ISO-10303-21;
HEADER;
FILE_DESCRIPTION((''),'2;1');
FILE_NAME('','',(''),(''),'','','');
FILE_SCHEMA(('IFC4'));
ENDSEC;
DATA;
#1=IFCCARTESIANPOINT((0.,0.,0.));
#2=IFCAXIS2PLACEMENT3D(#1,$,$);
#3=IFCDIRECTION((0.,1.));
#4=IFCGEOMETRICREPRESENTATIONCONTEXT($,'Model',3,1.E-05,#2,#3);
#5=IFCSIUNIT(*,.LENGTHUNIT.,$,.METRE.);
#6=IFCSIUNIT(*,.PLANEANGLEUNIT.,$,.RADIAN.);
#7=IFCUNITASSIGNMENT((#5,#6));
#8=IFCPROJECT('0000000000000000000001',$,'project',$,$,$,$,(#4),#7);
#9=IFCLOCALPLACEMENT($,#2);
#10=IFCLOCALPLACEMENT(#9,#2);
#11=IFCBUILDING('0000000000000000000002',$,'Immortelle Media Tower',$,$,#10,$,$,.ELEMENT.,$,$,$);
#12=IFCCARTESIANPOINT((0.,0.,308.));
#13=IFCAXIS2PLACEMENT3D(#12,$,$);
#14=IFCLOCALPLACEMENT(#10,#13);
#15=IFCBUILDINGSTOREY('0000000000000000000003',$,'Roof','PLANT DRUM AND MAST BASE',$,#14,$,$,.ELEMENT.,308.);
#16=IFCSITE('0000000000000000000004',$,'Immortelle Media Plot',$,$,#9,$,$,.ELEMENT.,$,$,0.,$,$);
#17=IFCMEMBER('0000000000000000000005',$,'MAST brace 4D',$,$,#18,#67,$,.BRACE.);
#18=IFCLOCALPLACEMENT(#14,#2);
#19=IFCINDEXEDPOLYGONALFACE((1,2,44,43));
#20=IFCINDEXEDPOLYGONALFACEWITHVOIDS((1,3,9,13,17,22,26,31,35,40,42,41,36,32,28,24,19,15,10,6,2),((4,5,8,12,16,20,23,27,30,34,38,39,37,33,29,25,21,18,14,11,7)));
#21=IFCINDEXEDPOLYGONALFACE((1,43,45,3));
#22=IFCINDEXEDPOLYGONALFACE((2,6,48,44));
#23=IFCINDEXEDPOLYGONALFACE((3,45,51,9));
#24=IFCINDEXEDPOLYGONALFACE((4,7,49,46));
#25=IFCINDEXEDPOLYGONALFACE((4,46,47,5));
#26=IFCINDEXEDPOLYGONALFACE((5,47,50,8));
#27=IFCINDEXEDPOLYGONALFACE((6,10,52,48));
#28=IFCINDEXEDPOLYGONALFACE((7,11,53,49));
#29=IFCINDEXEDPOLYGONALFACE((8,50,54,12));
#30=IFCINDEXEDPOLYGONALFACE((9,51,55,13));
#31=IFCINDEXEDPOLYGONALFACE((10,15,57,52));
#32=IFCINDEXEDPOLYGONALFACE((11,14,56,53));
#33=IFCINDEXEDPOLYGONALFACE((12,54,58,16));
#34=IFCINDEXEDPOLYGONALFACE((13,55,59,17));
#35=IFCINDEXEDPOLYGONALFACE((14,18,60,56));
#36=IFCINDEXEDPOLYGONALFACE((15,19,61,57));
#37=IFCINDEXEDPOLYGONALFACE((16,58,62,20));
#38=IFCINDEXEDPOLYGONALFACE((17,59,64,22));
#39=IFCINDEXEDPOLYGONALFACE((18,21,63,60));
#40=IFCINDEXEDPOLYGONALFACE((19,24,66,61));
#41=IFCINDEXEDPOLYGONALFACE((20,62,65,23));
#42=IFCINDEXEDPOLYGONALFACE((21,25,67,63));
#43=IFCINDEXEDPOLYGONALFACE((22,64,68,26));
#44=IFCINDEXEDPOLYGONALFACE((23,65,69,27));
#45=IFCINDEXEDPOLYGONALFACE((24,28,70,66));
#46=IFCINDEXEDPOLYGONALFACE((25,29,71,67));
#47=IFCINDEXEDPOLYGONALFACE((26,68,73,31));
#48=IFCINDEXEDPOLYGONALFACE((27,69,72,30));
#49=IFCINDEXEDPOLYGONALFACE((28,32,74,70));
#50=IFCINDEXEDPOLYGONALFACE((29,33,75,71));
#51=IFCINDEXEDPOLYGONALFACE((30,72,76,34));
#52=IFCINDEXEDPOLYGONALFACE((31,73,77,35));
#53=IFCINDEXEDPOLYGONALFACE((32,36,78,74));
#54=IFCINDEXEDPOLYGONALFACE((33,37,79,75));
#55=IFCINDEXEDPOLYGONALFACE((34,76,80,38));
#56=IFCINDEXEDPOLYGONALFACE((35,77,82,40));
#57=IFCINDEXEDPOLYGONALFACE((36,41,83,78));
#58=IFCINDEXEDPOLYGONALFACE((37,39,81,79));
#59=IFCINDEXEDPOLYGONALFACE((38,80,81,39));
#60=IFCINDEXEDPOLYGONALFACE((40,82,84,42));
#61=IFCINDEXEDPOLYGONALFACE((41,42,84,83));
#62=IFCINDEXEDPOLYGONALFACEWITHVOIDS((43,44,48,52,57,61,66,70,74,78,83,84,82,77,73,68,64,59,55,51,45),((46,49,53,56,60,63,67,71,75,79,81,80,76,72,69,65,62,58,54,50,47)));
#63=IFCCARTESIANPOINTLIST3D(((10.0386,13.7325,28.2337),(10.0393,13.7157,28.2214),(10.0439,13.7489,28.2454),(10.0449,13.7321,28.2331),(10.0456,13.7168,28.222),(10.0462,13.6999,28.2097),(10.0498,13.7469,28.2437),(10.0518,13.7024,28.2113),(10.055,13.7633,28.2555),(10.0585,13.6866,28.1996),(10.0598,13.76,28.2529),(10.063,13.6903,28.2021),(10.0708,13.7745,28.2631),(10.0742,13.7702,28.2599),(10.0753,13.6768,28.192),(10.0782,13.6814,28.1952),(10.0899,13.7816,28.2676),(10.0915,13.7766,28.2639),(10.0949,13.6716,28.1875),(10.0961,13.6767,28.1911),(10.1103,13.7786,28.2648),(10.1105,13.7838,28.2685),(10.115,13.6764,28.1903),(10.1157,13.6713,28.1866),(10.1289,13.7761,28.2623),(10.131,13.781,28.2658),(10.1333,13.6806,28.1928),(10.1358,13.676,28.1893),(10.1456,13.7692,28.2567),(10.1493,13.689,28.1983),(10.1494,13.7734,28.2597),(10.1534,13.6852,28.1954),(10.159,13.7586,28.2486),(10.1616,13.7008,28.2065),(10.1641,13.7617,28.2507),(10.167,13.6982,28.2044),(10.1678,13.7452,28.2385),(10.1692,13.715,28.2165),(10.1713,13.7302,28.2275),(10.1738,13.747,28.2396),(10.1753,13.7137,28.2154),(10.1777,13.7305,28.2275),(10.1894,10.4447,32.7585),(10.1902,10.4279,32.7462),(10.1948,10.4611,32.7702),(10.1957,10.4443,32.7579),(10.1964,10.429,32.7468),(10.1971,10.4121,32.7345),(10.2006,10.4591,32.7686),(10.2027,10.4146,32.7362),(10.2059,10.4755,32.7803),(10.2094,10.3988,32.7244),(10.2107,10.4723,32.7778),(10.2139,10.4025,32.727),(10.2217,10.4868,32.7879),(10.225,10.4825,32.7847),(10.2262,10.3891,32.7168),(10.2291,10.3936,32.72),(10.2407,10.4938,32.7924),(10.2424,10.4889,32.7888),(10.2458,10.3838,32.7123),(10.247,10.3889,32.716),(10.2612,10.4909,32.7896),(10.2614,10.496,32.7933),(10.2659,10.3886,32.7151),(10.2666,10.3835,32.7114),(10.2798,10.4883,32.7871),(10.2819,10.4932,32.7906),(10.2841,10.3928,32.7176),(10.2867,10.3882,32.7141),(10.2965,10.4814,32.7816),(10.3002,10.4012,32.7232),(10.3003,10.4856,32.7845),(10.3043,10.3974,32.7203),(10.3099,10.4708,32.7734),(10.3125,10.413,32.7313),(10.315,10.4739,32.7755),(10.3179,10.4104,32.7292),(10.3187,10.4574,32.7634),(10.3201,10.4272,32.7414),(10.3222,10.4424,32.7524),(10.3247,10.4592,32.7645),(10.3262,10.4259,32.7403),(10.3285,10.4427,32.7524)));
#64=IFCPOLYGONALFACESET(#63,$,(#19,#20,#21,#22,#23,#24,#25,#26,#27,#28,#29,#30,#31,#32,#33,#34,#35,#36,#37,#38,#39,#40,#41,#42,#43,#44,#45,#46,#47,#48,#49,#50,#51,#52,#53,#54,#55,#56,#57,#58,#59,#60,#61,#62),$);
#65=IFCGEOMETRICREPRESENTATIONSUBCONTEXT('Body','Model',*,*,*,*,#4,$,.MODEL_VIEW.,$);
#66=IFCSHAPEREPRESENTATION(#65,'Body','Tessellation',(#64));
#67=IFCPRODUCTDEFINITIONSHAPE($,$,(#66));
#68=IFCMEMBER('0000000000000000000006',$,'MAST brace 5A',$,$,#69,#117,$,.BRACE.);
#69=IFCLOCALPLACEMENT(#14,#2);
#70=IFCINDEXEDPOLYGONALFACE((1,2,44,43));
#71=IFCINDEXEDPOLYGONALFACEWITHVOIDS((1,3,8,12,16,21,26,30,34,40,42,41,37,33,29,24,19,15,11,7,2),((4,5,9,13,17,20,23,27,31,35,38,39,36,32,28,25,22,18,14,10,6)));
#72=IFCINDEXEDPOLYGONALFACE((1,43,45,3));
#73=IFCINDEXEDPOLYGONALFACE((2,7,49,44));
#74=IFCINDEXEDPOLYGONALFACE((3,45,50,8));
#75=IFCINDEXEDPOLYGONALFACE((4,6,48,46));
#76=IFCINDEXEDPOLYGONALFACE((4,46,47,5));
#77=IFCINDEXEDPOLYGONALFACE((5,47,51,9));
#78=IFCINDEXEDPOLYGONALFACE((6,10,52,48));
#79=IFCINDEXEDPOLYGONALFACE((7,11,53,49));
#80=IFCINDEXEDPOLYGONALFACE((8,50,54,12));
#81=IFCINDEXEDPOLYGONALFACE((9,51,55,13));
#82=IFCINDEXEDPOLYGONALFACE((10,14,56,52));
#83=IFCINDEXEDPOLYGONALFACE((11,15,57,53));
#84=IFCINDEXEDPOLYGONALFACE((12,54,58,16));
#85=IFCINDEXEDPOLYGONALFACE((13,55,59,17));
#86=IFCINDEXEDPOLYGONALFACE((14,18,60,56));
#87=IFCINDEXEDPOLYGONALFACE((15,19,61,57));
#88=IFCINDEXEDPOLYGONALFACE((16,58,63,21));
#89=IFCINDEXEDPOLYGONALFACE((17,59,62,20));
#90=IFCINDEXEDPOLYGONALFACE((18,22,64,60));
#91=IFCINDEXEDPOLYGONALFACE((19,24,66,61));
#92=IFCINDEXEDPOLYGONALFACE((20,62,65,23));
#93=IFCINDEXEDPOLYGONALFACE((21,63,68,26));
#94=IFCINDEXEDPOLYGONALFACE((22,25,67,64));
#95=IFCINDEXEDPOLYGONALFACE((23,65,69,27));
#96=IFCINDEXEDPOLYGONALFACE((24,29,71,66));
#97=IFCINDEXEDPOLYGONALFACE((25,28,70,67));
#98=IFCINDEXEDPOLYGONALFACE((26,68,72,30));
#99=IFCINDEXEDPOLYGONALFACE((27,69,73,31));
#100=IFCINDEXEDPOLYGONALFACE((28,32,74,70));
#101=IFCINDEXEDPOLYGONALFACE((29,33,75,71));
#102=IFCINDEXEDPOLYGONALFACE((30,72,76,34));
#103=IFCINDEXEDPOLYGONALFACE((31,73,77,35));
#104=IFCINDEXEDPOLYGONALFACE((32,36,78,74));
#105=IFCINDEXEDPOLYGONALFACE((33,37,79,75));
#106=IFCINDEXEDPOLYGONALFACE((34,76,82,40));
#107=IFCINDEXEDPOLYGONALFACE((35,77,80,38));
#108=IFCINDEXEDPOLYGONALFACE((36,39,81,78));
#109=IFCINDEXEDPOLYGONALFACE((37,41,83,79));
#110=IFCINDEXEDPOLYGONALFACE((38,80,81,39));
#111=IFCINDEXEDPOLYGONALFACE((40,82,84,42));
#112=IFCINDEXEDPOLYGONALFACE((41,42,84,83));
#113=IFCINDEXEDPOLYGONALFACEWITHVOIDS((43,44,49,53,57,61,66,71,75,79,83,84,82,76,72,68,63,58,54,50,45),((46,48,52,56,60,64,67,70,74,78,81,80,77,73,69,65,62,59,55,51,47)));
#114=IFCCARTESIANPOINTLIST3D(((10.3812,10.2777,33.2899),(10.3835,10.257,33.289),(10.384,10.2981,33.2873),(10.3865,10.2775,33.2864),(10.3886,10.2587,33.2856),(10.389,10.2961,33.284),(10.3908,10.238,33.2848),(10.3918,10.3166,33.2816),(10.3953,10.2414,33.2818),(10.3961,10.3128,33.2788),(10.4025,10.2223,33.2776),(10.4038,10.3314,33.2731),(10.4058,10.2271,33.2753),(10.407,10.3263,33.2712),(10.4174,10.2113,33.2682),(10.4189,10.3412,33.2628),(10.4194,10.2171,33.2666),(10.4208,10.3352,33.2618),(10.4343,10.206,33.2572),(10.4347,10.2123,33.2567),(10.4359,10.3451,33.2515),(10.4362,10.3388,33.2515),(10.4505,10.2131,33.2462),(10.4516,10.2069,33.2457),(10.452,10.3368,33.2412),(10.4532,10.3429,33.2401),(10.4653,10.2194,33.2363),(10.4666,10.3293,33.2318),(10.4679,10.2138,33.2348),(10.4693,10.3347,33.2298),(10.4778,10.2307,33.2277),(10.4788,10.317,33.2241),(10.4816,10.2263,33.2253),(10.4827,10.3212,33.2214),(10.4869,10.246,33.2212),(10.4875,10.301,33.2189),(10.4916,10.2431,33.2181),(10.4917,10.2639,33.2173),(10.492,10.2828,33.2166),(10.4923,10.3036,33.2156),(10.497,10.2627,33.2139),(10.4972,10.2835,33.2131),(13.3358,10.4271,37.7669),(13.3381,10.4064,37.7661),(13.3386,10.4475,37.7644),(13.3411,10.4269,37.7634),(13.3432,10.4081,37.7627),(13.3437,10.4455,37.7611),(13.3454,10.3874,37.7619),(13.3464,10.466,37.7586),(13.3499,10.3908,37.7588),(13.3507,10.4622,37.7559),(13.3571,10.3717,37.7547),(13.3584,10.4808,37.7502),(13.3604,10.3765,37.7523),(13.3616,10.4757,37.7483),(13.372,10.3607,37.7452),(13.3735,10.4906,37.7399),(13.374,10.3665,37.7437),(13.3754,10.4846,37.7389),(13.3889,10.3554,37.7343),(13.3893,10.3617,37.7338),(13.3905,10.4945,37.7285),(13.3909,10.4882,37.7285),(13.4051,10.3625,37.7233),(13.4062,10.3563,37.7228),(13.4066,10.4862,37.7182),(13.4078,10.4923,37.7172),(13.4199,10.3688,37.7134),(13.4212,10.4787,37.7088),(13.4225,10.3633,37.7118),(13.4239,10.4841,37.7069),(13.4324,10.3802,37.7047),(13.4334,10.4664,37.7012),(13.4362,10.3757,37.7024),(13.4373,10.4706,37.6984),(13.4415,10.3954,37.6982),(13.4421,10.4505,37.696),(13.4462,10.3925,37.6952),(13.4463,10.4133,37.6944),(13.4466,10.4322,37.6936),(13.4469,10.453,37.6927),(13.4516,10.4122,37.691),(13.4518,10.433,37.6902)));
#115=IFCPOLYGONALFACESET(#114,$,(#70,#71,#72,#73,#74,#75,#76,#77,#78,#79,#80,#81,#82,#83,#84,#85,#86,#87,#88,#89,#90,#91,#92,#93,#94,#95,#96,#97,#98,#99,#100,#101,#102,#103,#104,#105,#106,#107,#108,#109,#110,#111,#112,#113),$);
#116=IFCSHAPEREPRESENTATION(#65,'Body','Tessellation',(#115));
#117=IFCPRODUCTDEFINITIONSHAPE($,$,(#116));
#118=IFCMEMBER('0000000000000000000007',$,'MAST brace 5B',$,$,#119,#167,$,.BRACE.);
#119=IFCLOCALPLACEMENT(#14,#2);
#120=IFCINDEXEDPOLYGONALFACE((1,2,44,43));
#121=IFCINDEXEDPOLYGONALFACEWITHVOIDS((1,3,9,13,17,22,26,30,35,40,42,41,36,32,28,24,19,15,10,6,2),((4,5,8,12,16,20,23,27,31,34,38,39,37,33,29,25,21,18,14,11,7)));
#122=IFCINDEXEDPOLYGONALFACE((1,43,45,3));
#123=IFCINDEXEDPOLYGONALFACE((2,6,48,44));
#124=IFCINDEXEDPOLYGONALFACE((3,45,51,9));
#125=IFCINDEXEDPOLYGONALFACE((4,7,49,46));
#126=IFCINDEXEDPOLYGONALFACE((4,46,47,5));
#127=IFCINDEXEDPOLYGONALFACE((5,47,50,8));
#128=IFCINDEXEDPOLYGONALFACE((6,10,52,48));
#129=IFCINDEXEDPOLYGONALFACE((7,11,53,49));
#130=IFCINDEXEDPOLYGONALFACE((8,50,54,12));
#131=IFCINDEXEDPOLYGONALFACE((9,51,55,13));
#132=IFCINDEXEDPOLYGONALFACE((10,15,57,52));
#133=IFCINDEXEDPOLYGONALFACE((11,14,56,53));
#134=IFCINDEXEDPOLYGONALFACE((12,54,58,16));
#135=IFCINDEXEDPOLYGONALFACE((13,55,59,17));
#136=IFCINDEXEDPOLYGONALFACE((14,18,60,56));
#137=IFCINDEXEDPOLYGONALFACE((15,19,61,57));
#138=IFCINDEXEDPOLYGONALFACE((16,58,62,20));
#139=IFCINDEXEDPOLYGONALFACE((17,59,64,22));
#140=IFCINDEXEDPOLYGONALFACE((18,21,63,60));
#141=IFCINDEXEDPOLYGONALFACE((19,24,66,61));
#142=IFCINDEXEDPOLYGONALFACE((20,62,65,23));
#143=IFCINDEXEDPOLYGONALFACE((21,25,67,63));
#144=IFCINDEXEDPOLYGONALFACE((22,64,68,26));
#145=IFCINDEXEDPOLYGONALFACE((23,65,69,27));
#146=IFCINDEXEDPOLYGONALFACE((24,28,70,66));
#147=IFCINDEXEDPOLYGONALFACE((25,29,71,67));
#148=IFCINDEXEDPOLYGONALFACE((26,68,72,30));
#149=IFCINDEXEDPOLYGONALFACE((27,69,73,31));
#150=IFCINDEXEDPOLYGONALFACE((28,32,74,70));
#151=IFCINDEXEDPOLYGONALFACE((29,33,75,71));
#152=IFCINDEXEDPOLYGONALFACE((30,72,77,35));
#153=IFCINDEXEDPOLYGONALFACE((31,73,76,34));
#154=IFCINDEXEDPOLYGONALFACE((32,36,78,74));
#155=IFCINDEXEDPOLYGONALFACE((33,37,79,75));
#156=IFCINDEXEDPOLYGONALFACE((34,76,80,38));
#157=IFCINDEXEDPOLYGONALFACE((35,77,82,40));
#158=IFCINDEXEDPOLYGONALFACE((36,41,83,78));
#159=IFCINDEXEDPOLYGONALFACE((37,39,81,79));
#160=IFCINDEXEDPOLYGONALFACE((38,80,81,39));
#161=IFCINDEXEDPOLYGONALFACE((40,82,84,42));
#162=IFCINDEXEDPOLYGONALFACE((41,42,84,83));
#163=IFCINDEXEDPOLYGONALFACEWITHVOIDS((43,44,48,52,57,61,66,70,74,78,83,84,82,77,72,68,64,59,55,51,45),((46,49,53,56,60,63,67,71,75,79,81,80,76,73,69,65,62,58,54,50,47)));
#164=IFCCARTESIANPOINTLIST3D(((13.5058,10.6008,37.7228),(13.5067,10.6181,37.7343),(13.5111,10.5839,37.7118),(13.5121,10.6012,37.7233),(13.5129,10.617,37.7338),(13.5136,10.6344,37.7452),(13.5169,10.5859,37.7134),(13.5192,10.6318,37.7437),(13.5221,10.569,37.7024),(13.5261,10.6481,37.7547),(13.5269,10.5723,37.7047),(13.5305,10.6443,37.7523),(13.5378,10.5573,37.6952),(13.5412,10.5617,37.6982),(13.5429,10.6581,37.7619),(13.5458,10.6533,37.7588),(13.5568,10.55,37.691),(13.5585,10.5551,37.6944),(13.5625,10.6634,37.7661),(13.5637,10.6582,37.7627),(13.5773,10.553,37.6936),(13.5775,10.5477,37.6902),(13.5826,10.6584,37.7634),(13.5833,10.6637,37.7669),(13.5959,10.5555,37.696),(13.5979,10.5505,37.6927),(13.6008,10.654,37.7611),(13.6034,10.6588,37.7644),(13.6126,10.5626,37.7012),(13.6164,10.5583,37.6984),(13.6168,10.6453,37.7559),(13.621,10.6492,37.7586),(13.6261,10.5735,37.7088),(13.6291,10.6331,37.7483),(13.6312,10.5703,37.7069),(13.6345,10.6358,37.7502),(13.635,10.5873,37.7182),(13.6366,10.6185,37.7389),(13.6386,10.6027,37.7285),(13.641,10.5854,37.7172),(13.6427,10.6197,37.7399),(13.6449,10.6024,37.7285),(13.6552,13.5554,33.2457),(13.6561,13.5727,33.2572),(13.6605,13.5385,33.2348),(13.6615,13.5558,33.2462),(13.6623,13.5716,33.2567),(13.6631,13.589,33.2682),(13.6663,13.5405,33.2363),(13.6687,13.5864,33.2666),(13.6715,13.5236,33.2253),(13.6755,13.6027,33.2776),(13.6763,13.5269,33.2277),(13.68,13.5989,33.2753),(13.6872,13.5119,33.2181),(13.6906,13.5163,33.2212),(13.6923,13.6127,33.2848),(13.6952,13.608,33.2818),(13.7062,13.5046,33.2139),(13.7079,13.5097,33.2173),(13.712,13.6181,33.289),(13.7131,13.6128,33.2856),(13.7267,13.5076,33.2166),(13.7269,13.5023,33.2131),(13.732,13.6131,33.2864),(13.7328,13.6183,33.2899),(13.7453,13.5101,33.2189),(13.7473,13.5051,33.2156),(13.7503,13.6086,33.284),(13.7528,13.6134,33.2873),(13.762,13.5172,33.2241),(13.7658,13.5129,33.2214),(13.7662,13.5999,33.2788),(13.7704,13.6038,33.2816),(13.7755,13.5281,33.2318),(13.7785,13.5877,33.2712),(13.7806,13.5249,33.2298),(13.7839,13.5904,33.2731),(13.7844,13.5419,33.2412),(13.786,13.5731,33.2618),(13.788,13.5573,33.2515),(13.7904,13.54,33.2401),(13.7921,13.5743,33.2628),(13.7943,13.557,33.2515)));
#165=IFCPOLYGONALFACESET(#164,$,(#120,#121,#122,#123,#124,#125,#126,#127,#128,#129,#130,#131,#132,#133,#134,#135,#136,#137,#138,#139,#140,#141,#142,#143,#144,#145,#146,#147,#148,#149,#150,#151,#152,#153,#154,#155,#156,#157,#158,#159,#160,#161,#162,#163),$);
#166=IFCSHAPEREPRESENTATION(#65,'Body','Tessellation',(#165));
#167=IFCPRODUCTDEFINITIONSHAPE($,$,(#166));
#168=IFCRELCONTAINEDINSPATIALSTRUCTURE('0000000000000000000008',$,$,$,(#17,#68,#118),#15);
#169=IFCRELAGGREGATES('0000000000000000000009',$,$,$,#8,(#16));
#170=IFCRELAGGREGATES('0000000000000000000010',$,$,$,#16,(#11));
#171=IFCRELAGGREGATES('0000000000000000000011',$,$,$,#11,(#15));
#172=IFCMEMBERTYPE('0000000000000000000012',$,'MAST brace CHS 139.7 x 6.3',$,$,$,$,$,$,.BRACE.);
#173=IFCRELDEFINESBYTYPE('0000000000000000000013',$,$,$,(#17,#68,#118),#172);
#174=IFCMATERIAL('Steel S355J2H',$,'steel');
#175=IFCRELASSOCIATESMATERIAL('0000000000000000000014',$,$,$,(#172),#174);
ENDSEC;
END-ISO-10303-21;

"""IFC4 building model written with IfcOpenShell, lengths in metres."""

from ifc_helpers import new_model, si_unit, direction, frame, origin, origin_2d, place, context, subcontext, project, spatial, hollow_circle, extrude, material, material_profile, profile_set, type_object, element, save


model = new_model("IFC4")

# Units and contexts
model_context = context("Model", 3, precision=1e-05, world=origin(), true_north=direction((0.0, 1.0)))
body_context = subcontext(model_context, "Body", "Model", "MODEL_VIEW")
ifc_project = project(units=[si_unit("LENGTHUNIT", "METRE"), si_unit("PLANEANGLEUNIT", "RADIAN")], contexts=[model_context])

# Site, building, storey
site_placement = place(None, origin())
site = spatial("IfcSite", under=ifc_project, at=site_placement, Name="Immortelle Media Plot", CompositionType="ELEMENT", RefElevation=0.0)
building_placement = place(site_placement, origin())
building = spatial("IfcBuilding", under=site, at=building_placement, Name="Immortelle Media Tower", CompositionType="ELEMENT")
storey_placement = place(building_placement, frame((0.0, 0.0, 308.0)))
storey = spatial("IfcBuildingStorey", under=building, at=storey_placement, Name="Roof", Description="PLANT DRUM AND MAST BASE", CompositionType="ELEMENT", Elevation=308.0)

# Members
ifc_material_1 = material(Name="Steel S355J2H", Category="steel")
ifc_material_profile_1 = material_profile(ifc_material_1, hollow_circle(Radius=0.0698, WallThickness=0.0063, at=origin_2d()), Name="CHS 139.7 x 6.3")
ifc_profile_set_1 = profile_set([ifc_material_profile_1], Name="Steel S355J2H")
member_type = type_object("IfcMemberType", Name="MAST brace CHS 139.7 x 6.3", PredefinedType="BRACE", material=ifc_profile_set_1)
for number, where, z_axis, x_axis, name in (
    (1, (10.1079, 13.7273, 28.2275), (0.026965, -0.587608, 0.808697), (0.998949, 0.045842, 0.0), "MAST brace 4D"),
):
    element("IfcMember", number, at=place(storey_placement, frame(where, z_axis=z_axis, x_axis=x_axis)), inside=storey, type_object=member_type, Name=name, PredefinedType="BRACE", context=body_context, shape_type="SweptSolid", body=[
        extrude(hollow_circle(Radius=0.0698, WallThickness=0.0063, at=origin_2d()), origin(), (0.0, 0.0, 1.0), 5.5952),
    ])
for number, where, z_axis, x_axis, name in (
    (2, (10.4395, 10.2754, 33.2515), (0.550594, 0.027844, 0.834308), (-0.050506, 0.998724, 0.0), "MAST brace 5A"),
    (3, (13.7246, 13.5605, 33.2515), (-0.027844, -0.550594, 0.834308), (0.998724, -0.050506, 0.0), "MAST brace 5B"),
):
    element("IfcMember", number, at=place(storey_placement, frame(where, z_axis=z_axis, x_axis=x_axis)), inside=storey, type_object=member_type, Name=name, PredefinedType="BRACE", context=body_context, shape_type="SweptSolid", body=[
        extrude(hollow_circle(Radius=0.0698, WallThickness=0.0063, at=origin_2d()), origin(), (0.0, 0.0, 1.0), 5.3662),
    ])

save(model, "model.ifc")
